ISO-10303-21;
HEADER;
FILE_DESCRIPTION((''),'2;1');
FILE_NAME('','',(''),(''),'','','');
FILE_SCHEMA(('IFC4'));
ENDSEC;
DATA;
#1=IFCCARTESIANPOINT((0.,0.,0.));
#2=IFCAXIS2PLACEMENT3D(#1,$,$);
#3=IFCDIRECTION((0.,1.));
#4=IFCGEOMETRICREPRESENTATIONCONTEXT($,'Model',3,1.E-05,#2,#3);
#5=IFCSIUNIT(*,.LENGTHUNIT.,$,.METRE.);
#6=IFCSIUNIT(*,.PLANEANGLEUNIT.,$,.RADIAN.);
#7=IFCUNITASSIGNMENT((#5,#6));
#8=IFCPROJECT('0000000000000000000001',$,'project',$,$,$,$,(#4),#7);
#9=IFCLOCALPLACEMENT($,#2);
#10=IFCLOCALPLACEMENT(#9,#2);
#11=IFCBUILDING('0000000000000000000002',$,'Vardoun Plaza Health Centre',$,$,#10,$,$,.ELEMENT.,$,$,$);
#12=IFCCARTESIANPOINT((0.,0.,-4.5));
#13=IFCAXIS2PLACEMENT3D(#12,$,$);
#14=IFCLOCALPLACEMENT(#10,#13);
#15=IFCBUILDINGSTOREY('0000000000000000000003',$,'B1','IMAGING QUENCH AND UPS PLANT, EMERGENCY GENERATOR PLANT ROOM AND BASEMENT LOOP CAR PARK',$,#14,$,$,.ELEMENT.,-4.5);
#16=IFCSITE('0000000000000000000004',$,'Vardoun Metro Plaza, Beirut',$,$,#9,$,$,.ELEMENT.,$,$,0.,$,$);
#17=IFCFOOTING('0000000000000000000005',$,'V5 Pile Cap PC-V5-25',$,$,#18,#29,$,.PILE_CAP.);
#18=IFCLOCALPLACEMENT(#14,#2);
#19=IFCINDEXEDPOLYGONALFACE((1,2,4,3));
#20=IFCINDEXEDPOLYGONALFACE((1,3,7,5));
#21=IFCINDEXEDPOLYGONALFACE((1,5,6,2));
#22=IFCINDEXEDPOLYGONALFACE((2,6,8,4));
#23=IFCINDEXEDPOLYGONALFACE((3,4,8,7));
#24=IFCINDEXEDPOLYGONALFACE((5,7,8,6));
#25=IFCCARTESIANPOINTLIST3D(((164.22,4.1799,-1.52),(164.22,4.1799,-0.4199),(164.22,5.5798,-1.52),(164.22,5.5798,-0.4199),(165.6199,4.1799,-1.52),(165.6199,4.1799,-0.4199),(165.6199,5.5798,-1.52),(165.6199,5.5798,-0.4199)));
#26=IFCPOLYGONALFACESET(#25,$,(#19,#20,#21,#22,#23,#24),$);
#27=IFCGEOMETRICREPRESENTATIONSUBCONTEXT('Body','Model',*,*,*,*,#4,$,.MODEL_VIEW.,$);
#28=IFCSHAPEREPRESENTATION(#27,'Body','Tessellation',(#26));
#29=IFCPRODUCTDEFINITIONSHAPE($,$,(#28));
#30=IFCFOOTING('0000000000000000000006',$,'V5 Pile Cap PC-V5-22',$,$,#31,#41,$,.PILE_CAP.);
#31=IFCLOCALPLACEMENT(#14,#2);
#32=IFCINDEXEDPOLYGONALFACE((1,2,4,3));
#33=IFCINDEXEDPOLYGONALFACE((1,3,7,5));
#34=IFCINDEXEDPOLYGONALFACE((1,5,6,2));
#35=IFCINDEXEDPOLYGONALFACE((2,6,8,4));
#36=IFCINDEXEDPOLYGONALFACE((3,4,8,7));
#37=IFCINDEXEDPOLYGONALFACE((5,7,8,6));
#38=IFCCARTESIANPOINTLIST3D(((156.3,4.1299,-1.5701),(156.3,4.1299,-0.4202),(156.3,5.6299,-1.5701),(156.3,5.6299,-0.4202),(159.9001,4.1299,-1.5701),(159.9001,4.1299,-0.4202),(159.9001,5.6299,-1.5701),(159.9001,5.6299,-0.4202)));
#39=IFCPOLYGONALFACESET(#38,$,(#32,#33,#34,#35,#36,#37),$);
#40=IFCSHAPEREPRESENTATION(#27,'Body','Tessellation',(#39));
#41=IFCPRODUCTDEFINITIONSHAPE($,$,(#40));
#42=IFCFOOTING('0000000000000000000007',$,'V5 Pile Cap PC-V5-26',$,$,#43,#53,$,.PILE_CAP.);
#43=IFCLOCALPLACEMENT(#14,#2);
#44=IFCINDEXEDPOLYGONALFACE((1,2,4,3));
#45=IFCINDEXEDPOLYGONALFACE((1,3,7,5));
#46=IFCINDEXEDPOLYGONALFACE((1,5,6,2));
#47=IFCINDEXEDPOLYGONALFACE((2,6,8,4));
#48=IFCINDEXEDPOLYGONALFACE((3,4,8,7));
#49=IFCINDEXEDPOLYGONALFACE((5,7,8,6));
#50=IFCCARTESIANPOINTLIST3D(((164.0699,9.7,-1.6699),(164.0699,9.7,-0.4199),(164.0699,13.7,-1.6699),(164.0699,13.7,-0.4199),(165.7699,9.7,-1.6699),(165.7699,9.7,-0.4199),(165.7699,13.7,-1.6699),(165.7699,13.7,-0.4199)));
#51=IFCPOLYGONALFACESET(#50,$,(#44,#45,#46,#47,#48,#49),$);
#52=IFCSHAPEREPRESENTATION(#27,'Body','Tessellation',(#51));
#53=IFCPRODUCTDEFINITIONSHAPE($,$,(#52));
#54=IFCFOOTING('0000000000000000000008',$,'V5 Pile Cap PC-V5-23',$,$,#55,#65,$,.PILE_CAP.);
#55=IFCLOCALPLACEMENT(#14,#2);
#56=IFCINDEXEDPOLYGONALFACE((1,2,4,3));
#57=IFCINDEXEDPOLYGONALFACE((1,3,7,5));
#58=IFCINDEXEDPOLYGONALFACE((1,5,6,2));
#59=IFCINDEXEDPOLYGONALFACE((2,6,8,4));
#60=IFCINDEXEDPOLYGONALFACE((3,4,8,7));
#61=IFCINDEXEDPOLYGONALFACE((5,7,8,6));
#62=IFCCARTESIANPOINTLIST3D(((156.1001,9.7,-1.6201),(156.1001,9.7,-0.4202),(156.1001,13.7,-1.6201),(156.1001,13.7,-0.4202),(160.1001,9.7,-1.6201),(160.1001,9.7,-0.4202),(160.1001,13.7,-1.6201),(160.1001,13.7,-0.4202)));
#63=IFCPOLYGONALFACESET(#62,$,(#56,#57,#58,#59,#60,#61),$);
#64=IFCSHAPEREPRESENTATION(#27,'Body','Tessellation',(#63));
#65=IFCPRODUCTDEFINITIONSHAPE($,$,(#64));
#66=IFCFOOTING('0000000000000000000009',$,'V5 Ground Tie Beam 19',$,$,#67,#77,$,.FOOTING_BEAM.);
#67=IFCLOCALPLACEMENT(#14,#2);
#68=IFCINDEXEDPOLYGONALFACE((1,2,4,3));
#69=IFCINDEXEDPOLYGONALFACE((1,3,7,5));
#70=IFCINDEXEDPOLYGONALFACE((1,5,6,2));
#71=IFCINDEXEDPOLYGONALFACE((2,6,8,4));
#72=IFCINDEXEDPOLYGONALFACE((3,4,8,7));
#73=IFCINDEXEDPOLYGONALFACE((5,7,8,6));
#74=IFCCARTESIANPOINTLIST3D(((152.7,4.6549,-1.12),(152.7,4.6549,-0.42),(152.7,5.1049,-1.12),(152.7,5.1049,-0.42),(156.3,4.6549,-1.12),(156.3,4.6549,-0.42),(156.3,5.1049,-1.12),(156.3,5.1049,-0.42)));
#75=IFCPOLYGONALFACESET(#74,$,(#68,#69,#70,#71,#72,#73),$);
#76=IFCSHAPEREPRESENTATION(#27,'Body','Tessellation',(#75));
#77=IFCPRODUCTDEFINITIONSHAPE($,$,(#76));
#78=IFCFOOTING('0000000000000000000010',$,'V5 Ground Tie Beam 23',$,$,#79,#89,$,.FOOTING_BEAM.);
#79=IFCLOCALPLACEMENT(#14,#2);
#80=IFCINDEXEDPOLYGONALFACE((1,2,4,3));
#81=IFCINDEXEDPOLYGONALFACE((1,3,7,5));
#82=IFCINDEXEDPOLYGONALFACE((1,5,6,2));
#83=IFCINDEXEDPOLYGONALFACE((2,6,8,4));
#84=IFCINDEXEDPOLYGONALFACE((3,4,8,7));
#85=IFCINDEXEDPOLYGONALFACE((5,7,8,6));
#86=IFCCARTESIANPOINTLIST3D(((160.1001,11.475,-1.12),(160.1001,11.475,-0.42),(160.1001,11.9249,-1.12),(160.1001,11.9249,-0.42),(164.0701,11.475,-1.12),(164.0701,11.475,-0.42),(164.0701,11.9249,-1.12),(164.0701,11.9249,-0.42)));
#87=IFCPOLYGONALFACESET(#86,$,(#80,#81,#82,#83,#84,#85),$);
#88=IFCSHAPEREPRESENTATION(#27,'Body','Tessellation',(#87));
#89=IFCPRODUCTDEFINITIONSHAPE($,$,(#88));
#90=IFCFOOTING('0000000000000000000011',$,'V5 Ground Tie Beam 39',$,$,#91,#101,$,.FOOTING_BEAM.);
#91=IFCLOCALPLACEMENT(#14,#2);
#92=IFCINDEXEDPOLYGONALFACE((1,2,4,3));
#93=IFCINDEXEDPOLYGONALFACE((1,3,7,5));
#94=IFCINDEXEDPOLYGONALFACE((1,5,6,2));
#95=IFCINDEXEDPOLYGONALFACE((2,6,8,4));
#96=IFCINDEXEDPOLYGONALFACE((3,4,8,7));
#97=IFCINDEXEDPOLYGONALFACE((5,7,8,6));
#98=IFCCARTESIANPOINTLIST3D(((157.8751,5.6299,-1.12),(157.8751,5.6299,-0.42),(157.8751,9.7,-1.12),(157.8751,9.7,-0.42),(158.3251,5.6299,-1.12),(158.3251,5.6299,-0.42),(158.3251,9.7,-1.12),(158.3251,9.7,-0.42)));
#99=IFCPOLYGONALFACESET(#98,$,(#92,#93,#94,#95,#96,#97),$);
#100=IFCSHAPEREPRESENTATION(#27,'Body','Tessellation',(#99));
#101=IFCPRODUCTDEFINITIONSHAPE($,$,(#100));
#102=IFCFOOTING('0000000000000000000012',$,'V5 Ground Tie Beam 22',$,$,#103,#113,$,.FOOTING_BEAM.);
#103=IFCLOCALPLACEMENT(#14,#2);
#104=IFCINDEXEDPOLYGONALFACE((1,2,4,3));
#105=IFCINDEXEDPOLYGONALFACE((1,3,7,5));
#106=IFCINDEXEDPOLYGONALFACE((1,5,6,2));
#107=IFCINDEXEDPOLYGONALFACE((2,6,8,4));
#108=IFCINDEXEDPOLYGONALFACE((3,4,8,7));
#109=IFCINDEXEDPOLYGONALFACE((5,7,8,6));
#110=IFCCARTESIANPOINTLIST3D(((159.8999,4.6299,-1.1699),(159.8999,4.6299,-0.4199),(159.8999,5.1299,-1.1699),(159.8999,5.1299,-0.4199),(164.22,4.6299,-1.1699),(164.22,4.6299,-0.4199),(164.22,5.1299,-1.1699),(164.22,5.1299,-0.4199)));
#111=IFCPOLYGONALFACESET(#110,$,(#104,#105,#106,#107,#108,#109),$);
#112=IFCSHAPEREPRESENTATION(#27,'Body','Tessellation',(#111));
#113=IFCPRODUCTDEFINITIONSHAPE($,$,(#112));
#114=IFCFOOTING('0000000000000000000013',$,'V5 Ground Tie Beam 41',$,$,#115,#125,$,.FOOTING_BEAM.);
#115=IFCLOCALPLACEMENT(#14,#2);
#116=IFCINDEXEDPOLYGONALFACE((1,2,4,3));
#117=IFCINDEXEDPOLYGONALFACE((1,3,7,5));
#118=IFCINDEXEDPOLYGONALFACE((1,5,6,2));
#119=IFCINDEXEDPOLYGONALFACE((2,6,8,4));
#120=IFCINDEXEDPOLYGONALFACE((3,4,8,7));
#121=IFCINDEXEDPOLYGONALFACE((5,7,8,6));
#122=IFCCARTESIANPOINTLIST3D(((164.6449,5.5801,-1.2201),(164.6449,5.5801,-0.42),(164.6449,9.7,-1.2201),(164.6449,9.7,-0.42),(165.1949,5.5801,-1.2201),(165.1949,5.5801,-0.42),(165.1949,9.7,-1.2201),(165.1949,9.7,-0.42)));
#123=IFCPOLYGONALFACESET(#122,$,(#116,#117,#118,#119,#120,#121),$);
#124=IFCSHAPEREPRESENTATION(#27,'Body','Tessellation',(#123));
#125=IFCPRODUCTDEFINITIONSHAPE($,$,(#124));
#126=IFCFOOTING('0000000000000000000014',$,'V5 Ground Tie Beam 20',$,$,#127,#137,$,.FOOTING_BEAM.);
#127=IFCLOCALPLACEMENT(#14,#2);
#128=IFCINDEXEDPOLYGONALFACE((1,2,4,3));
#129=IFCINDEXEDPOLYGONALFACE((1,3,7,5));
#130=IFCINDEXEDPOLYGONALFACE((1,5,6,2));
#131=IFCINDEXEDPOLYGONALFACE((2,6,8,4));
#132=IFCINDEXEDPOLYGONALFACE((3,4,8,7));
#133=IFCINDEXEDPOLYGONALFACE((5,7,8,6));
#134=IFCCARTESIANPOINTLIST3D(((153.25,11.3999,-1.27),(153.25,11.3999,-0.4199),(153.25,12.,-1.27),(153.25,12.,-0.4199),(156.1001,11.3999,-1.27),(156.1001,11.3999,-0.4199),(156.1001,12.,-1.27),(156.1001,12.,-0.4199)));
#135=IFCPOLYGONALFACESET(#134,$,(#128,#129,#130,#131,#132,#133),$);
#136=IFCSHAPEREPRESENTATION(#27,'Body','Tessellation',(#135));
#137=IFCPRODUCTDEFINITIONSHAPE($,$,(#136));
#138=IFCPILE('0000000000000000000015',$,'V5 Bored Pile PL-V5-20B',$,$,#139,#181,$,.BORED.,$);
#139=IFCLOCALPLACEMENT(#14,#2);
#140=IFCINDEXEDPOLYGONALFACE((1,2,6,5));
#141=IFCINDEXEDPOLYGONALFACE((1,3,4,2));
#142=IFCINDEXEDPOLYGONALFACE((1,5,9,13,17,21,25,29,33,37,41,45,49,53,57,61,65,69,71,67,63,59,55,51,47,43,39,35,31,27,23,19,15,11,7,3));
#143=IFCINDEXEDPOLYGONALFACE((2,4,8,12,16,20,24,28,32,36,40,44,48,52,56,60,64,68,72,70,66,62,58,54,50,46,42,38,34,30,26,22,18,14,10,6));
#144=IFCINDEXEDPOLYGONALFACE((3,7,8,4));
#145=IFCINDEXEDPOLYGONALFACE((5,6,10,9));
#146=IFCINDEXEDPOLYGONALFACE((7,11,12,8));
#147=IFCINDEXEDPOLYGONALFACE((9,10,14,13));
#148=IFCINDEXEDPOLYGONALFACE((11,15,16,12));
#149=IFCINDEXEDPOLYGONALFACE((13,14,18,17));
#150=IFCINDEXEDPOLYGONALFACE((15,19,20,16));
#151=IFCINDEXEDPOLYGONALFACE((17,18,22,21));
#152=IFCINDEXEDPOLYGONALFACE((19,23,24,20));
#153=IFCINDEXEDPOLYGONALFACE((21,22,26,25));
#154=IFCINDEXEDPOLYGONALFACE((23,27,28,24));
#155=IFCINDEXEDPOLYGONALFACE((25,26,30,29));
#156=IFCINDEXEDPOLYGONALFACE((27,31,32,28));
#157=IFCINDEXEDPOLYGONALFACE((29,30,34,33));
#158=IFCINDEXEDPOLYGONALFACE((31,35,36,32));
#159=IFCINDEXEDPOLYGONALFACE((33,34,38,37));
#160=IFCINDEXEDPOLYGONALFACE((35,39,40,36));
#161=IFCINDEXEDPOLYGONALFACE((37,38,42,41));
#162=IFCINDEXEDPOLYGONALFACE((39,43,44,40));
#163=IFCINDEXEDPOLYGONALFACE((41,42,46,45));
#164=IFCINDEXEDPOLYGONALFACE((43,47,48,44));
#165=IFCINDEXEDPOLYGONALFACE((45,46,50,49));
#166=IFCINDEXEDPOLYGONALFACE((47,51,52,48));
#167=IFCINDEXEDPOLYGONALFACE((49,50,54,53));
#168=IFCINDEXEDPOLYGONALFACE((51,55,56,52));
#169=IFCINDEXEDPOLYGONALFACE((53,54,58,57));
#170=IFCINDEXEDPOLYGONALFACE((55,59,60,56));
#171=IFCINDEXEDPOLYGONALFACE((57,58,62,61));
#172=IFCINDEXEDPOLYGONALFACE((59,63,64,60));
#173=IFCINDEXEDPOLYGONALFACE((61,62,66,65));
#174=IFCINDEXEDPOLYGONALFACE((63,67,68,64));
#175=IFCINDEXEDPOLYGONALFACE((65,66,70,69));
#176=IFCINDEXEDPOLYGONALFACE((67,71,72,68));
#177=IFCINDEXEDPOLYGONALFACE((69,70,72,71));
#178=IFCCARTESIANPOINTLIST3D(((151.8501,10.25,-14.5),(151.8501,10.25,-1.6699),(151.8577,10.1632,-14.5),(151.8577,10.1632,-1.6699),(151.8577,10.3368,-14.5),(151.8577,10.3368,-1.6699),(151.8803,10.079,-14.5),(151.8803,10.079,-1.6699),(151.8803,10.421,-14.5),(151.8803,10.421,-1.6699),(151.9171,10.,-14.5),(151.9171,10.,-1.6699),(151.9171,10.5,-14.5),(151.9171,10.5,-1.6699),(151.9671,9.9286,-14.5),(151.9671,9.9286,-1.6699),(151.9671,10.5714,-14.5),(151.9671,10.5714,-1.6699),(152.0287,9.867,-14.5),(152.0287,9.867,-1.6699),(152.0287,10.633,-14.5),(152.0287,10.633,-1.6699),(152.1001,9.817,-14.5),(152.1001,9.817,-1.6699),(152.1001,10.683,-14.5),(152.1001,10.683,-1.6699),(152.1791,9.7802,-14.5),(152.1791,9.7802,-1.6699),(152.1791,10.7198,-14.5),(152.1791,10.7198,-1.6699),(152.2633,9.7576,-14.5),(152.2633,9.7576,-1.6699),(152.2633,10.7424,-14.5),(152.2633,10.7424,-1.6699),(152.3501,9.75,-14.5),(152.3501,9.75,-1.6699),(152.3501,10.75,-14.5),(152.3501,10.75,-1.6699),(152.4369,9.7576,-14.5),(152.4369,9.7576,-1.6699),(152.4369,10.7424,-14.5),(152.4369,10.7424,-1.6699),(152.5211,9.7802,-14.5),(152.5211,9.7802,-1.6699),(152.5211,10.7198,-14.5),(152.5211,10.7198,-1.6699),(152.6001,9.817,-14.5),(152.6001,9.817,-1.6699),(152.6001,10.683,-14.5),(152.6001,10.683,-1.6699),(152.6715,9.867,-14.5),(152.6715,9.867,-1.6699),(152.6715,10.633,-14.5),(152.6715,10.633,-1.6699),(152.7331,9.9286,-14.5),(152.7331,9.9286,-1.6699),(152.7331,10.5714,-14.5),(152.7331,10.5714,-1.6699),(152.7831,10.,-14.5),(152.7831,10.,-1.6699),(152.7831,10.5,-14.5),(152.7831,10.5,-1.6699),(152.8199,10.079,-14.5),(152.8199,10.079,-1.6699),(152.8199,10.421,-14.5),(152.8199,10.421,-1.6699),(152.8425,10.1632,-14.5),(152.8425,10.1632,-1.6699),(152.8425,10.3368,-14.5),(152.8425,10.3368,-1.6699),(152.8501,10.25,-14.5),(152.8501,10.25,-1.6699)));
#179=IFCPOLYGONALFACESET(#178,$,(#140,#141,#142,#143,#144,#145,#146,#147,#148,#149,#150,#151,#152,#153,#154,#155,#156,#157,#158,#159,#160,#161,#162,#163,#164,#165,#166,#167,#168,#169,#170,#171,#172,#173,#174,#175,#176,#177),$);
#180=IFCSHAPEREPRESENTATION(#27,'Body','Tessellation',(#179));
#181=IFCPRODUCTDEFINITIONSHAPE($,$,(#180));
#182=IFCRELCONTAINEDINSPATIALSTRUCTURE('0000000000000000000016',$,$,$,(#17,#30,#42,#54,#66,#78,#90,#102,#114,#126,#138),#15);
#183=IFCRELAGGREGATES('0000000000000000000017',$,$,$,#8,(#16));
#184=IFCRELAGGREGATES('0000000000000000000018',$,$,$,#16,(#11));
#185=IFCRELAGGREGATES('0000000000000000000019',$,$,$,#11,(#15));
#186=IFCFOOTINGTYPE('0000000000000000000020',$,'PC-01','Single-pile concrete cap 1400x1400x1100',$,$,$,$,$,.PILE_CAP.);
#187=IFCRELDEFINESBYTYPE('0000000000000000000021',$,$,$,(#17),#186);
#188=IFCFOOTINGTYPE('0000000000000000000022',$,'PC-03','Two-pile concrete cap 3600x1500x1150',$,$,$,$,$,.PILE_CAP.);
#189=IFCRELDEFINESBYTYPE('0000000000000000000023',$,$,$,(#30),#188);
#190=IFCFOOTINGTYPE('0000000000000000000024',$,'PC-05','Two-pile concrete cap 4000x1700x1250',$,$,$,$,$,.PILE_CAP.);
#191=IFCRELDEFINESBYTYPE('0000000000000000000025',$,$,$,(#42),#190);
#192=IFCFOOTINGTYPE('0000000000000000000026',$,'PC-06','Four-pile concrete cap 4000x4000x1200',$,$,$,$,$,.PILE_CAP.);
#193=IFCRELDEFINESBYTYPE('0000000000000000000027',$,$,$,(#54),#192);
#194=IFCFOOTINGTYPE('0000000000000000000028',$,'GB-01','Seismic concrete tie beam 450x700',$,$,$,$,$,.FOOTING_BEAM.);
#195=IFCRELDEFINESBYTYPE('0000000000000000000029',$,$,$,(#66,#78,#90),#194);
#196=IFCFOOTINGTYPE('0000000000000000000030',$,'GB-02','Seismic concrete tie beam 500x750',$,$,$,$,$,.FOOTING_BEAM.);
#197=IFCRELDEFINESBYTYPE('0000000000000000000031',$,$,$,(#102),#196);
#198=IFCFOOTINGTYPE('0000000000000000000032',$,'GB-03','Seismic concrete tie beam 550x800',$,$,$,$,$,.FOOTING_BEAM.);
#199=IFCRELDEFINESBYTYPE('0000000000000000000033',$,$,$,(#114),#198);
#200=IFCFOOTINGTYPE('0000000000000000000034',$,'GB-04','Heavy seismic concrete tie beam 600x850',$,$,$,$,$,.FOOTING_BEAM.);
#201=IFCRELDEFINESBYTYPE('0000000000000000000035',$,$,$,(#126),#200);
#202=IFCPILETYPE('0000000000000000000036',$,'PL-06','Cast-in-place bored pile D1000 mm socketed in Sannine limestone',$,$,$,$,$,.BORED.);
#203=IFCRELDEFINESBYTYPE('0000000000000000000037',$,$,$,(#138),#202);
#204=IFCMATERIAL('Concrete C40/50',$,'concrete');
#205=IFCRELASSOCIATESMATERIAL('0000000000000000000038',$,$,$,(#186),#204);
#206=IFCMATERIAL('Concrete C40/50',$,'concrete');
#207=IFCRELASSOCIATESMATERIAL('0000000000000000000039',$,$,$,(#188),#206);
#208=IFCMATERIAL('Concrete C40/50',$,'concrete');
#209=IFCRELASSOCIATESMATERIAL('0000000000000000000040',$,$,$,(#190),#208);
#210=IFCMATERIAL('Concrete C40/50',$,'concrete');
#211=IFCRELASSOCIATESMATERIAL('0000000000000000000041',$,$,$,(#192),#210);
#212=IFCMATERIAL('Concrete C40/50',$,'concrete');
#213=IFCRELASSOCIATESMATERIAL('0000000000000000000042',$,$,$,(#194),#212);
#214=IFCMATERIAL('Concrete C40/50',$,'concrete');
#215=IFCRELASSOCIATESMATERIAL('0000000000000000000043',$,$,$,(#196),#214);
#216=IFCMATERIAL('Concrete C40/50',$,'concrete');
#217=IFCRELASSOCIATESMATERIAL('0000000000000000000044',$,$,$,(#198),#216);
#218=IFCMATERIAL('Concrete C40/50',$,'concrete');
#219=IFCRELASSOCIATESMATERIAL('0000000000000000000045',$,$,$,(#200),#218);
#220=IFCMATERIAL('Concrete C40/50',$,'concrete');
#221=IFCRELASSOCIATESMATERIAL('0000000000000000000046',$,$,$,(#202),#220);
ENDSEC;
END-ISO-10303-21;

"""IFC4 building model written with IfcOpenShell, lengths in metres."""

from ifc_helpers import new_model, si_unit, direction, frame, origin, origin_2d, place, context, subcontext, project, spatial, rectangle, circle, extrude, material, material_profile, profile_set, type_object, element, save


model = new_model("IFC4")

# Units and contexts
model_context = context("Model", 3, precision=1e-05, world=origin(), true_north=direction((0.0, 1.0)))
body_context = subcontext(model_context, "Body", "Model", "MODEL_VIEW")
ifc_project = project(units=[si_unit("LENGTHUNIT", "METRE"), si_unit("PLANEANGLEUNIT", "RADIAN")], contexts=[model_context])

# Site, building, storey
site_placement = place(None, origin())
site = spatial("IfcSite", under=ifc_project, at=site_placement, Name="Vardoun Metro Plaza, Beirut", CompositionType="ELEMENT", RefElevation=0.0)
building_placement = place(site_placement, origin())
building = spatial("IfcBuilding", under=site, at=building_placement, Name="Vardoun Plaza Health Centre", CompositionType="ELEMENT")
storey_placement = place(building_placement, frame((0.0, 0.0, -4.5)))
storey = spatial("IfcBuildingStorey", under=building, at=storey_placement, Name="B1", Description="IMAGING QUENCH AND UPS PLANT, EMERGENCY GENERATOR PLANT ROOM AND BASEMENT LOOP CAR PARK", CompositionType="ELEMENT", Elevation=-4.5)

# Footings
ifc_material_1 = material(Name="Concrete C40/50", Category="concrete")
footing_type_1 = type_object("IfcFootingType", Name="PC-01", Description="Single-pile concrete cap 1400x1400x1100", PredefinedType="PILE_CAP", material=ifc_material_1)
footing_1_placement = place(storey_placement, frame((164.9199, 4.8799, -1.52), z_axis=(0.0, 0.0, 1.0), x_axis=(1.0, 0.0, 0.0)))
element("IfcFooting", 1, at=footing_1_placement, inside=storey, type_object=footing_type_1, Name="V5 Pile Cap PC-V5-25", PredefinedType="PILE_CAP", context=body_context, shape_type="SweptSolid", body=[
    extrude(rectangle(XDim=1.3999, YDim=1.3999, at=origin_2d()), origin(), (0.0, 0.0, 1.0), 1.1001),
])
ifc_material_2 = material(Name="Concrete C40/50", Category="concrete")
footing_type_2 = type_object("IfcFootingType", Name="PC-03", Description="Two-pile concrete cap 3600x1500x1150", PredefinedType="PILE_CAP", material=ifc_material_2)
footing_2_placement = place(storey_placement, frame((158.1001, 4.8799, -1.5701), z_axis=(0.0, 0.0, 1.0), x_axis=(1.0, 0.0, 0.0)))
element("IfcFooting", 2, at=footing_2_placement, inside=storey, type_object=footing_type_2, Name="V5 Pile Cap PC-V5-22", PredefinedType="PILE_CAP", context=body_context, shape_type="SweptSolid", body=[
    extrude(rectangle(XDim=3.6001, YDim=1.5, at=origin_2d()), origin(), (0.0, 0.0, 1.0), 1.1499),
])
ifc_material_3 = material(Name="Concrete C40/50", Category="concrete")
footing_type_3 = type_object("IfcFootingType", Name="PC-05", Description="Two-pile concrete cap 4000x1700x1250", PredefinedType="PILE_CAP", material=ifc_material_3)
footing_3_placement = place(storey_placement, frame((164.9199, 11.7, -1.6699), z_axis=(0.0, 0.0, 1.0), x_axis=(0.0, 1.0, 0.0)))
element("IfcFooting", 3, at=footing_3_placement, inside=storey, type_object=footing_type_3, Name="V5 Pile Cap PC-V5-26", PredefinedType="PILE_CAP", context=body_context, shape_type="SweptSolid", body=[
    extrude(rectangle(XDim=4.0, YDim=1.7, at=origin_2d()), origin(), (0.0, 0.0, 1.0), 1.25),
])
ifc_material_4 = material(Name="Concrete C40/50", Category="concrete")
footing_type_4 = type_object("IfcFootingType", Name="PC-06", Description="Four-pile concrete cap 4000x4000x1200", PredefinedType="PILE_CAP", material=ifc_material_4)
footing_4_placement = place(storey_placement, frame((158.1001, 11.7, -1.6201), z_axis=(0.0, 0.0, 1.0), x_axis=(1.0, 0.0, 0.0)))
element("IfcFooting", 4, at=footing_4_placement, inside=storey, type_object=footing_type_4, Name="V5 Pile Cap PC-V5-23", PredefinedType="PILE_CAP", context=body_context, shape_type="SweptSolid", body=[
    extrude(rectangle(XDim=4.0, YDim=4.0, at=origin_2d()), origin(), (0.0, 0.0, 1.0), 1.2),
])
ifc_material_5 = material(Name="Concrete C40/50", Category="concrete")
ifc_material_profile_1 = material_profile(ifc_material_5, rectangle(XDim=0.45, YDim=0.7, at=origin_2d()), Name="GB 450x700")
ifc_profile_set_1 = profile_set([ifc_material_profile_1], Name="Concrete C40/50")
footing_type_5 = type_object("IfcFootingType", Name="GB-01", Description="Seismic concrete tie beam 450x700", PredefinedType="FOOTING_BEAM", material=ifc_profile_set_1)
footing_5_placement = place(storey_placement, frame((152.7, 4.8799, -0.77), z_axis=(1.0, 0.0, 0.0), x_axis=(0.0, 1.0, 0.0)))
element("IfcFooting", 5, at=footing_5_placement, inside=storey, type_object=footing_type_5, Name="V5 Ground Tie Beam 19", PredefinedType="FOOTING_BEAM", context=body_context, shape_type="SweptSolid", body=[
    extrude(rectangle(XDim=0.45, YDim=0.7, at=origin_2d()), origin(), (0.0, 0.0, 1.0), 3.6001),
])
footing_6_placement = place(storey_placement, frame((160.1001, 11.7, -0.77), z_axis=(1.0, 0.0, 0.0), x_axis=(0.0, 1.0, 0.0)))
element("IfcFooting", 6, at=footing_6_placement, inside=storey, type_object=footing_type_5, Name="V5 Ground Tie Beam 23", PredefinedType="FOOTING_BEAM", context=body_context, shape_type="SweptSolid", body=[
    extrude(rectangle(XDim=0.45, YDim=0.7, at=origin_2d()), origin(), (0.0, 0.0, 1.0), 3.97),
])
footing_7_placement = place(storey_placement, frame((158.1001, 5.6299, -0.77), z_axis=(0.0, 1.0, 0.0), x_axis=(-1.0, 0.0, 0.0)))
element("IfcFooting", 7, at=footing_7_placement, inside=storey, type_object=footing_type_5, Name="V5 Ground Tie Beam 39", PredefinedType="FOOTING_BEAM", context=body_context, shape_type="SweptSolid", body=[
    extrude(rectangle(XDim=0.45, YDim=0.7, at=origin_2d()), origin(), (0.0, 0.0, 1.0), 4.0701),
])
ifc_material_6 = material(Name="Concrete C40/50", Category="concrete")
ifc_material_profile_2 = material_profile(ifc_material_6, rectangle(XDim=0.5, YDim=0.75, at=origin_2d()), Name="GB 500x750")
ifc_profile_set_2 = profile_set([ifc_material_profile_2], Name="Concrete C40/50")
footing_type_6 = type_object("IfcFootingType", Name="GB-02", Description="Seismic concrete tie beam 500x750", PredefinedType="FOOTING_BEAM", material=ifc_profile_set_2)
footing_8_placement = place(storey_placement, frame((159.8999, 4.8799, -0.7949), z_axis=(1.0, 0.0, 0.0), x_axis=(0.0, 1.0, 0.0)))
element("IfcFooting", 8, at=footing_8_placement, inside=storey, type_object=footing_type_6, Name="V5 Ground Tie Beam 22", PredefinedType="FOOTING_BEAM", context=body_context, shape_type="SweptSolid", body=[
    extrude(rectangle(XDim=0.5, YDim=0.75, at=origin_2d()), origin(), (0.0, 0.0, 1.0), 4.3201),
])
ifc_material_7 = material(Name="Concrete C40/50", Category="concrete")
ifc_material_profile_3 = material_profile(ifc_material_7, rectangle(XDim=0.55, YDim=0.8, at=origin_2d()), Name="GB 550x800")
ifc_profile_set_3 = profile_set([ifc_material_profile_3], Name="Concrete C40/50")
footing_type_7 = type_object("IfcFootingType", Name="GB-03", Description="Seismic concrete tie beam 550x800", PredefinedType="FOOTING_BEAM", material=ifc_profile_set_3)
footing_9_placement = place(storey_placement, frame((164.9199, 5.5801, -0.8201), z_axis=(0.0, 1.0, 0.0), x_axis=(-1.0, 0.0, 0.0)))
element("IfcFooting", 9, at=footing_9_placement, inside=storey, type_object=footing_type_7, Name="V5 Ground Tie Beam 41", PredefinedType="FOOTING_BEAM", context=body_context, shape_type="SweptSolid", body=[
    extrude(rectangle(XDim=0.55, YDim=0.8, at=origin_2d()), origin(), (0.0, 0.0, 1.0), 4.1199),
])
ifc_material_8 = material(Name="Concrete C40/50", Category="concrete")
ifc_material_profile_4 = material_profile(ifc_material_8, rectangle(XDim=0.6001, YDim=0.8501, at=origin_2d()), Name="GB 600x850")
ifc_profile_set_4 = profile_set([ifc_material_profile_4], Name="Concrete C40/50")
footing_type_8 = type_object("IfcFootingType", Name="GB-04", Description="Heavy seismic concrete tie beam 600x850", PredefinedType="FOOTING_BEAM", material=ifc_profile_set_4)
footing_10_placement = place(storey_placement, frame((153.25, 11.7, -0.845), z_axis=(1.0, 0.0, 0.0), x_axis=(0.0, 1.0, 0.0)))
element("IfcFooting", 10, at=footing_10_placement, inside=storey, type_object=footing_type_8, Name="V5 Ground Tie Beam 20", PredefinedType="FOOTING_BEAM", context=body_context, shape_type="SweptSolid", body=[
    extrude(rectangle(XDim=0.6001, YDim=0.8501, at=origin_2d()), origin(), (0.0, 0.0, 1.0), 2.8501),
])

# Pile
ifc_material_9 = material(Name="Concrete C40/50", Category="concrete")
ifc_material_profile_5 = material_profile(ifc_material_9, circle(Radius=0.5, at=origin_2d()), Name="PILE D1000")
ifc_profile_set_5 = profile_set([ifc_material_profile_5], Name="Concrete C40/50")
pile_type_1 = type_object("IfcPileType", Name="PL-06", Description="Cast-in-place bored pile D1000 mm socketed in Sannine limestone", PredefinedType="BORED", material=ifc_profile_set_5)
pile_1_placement = place(storey_placement, frame((152.3501, 10.25, -1.6699), z_axis=(0.0, 0.0, -1.0), x_axis=(1.0, 0.0, 0.0)))
element("IfcPile", 11, at=pile_1_placement, inside=storey, type_object=pile_type_1, Name="V5 Bored Pile PL-V5-20B", PredefinedType="BORED", context=body_context, shape_type="SweptSolid", body=[
    extrude(circle(Radius=0.5, at=origin_2d()), origin(), (0.0, 0.0, 1.0), 12.8301),
])

save(model, "model.ifc")
